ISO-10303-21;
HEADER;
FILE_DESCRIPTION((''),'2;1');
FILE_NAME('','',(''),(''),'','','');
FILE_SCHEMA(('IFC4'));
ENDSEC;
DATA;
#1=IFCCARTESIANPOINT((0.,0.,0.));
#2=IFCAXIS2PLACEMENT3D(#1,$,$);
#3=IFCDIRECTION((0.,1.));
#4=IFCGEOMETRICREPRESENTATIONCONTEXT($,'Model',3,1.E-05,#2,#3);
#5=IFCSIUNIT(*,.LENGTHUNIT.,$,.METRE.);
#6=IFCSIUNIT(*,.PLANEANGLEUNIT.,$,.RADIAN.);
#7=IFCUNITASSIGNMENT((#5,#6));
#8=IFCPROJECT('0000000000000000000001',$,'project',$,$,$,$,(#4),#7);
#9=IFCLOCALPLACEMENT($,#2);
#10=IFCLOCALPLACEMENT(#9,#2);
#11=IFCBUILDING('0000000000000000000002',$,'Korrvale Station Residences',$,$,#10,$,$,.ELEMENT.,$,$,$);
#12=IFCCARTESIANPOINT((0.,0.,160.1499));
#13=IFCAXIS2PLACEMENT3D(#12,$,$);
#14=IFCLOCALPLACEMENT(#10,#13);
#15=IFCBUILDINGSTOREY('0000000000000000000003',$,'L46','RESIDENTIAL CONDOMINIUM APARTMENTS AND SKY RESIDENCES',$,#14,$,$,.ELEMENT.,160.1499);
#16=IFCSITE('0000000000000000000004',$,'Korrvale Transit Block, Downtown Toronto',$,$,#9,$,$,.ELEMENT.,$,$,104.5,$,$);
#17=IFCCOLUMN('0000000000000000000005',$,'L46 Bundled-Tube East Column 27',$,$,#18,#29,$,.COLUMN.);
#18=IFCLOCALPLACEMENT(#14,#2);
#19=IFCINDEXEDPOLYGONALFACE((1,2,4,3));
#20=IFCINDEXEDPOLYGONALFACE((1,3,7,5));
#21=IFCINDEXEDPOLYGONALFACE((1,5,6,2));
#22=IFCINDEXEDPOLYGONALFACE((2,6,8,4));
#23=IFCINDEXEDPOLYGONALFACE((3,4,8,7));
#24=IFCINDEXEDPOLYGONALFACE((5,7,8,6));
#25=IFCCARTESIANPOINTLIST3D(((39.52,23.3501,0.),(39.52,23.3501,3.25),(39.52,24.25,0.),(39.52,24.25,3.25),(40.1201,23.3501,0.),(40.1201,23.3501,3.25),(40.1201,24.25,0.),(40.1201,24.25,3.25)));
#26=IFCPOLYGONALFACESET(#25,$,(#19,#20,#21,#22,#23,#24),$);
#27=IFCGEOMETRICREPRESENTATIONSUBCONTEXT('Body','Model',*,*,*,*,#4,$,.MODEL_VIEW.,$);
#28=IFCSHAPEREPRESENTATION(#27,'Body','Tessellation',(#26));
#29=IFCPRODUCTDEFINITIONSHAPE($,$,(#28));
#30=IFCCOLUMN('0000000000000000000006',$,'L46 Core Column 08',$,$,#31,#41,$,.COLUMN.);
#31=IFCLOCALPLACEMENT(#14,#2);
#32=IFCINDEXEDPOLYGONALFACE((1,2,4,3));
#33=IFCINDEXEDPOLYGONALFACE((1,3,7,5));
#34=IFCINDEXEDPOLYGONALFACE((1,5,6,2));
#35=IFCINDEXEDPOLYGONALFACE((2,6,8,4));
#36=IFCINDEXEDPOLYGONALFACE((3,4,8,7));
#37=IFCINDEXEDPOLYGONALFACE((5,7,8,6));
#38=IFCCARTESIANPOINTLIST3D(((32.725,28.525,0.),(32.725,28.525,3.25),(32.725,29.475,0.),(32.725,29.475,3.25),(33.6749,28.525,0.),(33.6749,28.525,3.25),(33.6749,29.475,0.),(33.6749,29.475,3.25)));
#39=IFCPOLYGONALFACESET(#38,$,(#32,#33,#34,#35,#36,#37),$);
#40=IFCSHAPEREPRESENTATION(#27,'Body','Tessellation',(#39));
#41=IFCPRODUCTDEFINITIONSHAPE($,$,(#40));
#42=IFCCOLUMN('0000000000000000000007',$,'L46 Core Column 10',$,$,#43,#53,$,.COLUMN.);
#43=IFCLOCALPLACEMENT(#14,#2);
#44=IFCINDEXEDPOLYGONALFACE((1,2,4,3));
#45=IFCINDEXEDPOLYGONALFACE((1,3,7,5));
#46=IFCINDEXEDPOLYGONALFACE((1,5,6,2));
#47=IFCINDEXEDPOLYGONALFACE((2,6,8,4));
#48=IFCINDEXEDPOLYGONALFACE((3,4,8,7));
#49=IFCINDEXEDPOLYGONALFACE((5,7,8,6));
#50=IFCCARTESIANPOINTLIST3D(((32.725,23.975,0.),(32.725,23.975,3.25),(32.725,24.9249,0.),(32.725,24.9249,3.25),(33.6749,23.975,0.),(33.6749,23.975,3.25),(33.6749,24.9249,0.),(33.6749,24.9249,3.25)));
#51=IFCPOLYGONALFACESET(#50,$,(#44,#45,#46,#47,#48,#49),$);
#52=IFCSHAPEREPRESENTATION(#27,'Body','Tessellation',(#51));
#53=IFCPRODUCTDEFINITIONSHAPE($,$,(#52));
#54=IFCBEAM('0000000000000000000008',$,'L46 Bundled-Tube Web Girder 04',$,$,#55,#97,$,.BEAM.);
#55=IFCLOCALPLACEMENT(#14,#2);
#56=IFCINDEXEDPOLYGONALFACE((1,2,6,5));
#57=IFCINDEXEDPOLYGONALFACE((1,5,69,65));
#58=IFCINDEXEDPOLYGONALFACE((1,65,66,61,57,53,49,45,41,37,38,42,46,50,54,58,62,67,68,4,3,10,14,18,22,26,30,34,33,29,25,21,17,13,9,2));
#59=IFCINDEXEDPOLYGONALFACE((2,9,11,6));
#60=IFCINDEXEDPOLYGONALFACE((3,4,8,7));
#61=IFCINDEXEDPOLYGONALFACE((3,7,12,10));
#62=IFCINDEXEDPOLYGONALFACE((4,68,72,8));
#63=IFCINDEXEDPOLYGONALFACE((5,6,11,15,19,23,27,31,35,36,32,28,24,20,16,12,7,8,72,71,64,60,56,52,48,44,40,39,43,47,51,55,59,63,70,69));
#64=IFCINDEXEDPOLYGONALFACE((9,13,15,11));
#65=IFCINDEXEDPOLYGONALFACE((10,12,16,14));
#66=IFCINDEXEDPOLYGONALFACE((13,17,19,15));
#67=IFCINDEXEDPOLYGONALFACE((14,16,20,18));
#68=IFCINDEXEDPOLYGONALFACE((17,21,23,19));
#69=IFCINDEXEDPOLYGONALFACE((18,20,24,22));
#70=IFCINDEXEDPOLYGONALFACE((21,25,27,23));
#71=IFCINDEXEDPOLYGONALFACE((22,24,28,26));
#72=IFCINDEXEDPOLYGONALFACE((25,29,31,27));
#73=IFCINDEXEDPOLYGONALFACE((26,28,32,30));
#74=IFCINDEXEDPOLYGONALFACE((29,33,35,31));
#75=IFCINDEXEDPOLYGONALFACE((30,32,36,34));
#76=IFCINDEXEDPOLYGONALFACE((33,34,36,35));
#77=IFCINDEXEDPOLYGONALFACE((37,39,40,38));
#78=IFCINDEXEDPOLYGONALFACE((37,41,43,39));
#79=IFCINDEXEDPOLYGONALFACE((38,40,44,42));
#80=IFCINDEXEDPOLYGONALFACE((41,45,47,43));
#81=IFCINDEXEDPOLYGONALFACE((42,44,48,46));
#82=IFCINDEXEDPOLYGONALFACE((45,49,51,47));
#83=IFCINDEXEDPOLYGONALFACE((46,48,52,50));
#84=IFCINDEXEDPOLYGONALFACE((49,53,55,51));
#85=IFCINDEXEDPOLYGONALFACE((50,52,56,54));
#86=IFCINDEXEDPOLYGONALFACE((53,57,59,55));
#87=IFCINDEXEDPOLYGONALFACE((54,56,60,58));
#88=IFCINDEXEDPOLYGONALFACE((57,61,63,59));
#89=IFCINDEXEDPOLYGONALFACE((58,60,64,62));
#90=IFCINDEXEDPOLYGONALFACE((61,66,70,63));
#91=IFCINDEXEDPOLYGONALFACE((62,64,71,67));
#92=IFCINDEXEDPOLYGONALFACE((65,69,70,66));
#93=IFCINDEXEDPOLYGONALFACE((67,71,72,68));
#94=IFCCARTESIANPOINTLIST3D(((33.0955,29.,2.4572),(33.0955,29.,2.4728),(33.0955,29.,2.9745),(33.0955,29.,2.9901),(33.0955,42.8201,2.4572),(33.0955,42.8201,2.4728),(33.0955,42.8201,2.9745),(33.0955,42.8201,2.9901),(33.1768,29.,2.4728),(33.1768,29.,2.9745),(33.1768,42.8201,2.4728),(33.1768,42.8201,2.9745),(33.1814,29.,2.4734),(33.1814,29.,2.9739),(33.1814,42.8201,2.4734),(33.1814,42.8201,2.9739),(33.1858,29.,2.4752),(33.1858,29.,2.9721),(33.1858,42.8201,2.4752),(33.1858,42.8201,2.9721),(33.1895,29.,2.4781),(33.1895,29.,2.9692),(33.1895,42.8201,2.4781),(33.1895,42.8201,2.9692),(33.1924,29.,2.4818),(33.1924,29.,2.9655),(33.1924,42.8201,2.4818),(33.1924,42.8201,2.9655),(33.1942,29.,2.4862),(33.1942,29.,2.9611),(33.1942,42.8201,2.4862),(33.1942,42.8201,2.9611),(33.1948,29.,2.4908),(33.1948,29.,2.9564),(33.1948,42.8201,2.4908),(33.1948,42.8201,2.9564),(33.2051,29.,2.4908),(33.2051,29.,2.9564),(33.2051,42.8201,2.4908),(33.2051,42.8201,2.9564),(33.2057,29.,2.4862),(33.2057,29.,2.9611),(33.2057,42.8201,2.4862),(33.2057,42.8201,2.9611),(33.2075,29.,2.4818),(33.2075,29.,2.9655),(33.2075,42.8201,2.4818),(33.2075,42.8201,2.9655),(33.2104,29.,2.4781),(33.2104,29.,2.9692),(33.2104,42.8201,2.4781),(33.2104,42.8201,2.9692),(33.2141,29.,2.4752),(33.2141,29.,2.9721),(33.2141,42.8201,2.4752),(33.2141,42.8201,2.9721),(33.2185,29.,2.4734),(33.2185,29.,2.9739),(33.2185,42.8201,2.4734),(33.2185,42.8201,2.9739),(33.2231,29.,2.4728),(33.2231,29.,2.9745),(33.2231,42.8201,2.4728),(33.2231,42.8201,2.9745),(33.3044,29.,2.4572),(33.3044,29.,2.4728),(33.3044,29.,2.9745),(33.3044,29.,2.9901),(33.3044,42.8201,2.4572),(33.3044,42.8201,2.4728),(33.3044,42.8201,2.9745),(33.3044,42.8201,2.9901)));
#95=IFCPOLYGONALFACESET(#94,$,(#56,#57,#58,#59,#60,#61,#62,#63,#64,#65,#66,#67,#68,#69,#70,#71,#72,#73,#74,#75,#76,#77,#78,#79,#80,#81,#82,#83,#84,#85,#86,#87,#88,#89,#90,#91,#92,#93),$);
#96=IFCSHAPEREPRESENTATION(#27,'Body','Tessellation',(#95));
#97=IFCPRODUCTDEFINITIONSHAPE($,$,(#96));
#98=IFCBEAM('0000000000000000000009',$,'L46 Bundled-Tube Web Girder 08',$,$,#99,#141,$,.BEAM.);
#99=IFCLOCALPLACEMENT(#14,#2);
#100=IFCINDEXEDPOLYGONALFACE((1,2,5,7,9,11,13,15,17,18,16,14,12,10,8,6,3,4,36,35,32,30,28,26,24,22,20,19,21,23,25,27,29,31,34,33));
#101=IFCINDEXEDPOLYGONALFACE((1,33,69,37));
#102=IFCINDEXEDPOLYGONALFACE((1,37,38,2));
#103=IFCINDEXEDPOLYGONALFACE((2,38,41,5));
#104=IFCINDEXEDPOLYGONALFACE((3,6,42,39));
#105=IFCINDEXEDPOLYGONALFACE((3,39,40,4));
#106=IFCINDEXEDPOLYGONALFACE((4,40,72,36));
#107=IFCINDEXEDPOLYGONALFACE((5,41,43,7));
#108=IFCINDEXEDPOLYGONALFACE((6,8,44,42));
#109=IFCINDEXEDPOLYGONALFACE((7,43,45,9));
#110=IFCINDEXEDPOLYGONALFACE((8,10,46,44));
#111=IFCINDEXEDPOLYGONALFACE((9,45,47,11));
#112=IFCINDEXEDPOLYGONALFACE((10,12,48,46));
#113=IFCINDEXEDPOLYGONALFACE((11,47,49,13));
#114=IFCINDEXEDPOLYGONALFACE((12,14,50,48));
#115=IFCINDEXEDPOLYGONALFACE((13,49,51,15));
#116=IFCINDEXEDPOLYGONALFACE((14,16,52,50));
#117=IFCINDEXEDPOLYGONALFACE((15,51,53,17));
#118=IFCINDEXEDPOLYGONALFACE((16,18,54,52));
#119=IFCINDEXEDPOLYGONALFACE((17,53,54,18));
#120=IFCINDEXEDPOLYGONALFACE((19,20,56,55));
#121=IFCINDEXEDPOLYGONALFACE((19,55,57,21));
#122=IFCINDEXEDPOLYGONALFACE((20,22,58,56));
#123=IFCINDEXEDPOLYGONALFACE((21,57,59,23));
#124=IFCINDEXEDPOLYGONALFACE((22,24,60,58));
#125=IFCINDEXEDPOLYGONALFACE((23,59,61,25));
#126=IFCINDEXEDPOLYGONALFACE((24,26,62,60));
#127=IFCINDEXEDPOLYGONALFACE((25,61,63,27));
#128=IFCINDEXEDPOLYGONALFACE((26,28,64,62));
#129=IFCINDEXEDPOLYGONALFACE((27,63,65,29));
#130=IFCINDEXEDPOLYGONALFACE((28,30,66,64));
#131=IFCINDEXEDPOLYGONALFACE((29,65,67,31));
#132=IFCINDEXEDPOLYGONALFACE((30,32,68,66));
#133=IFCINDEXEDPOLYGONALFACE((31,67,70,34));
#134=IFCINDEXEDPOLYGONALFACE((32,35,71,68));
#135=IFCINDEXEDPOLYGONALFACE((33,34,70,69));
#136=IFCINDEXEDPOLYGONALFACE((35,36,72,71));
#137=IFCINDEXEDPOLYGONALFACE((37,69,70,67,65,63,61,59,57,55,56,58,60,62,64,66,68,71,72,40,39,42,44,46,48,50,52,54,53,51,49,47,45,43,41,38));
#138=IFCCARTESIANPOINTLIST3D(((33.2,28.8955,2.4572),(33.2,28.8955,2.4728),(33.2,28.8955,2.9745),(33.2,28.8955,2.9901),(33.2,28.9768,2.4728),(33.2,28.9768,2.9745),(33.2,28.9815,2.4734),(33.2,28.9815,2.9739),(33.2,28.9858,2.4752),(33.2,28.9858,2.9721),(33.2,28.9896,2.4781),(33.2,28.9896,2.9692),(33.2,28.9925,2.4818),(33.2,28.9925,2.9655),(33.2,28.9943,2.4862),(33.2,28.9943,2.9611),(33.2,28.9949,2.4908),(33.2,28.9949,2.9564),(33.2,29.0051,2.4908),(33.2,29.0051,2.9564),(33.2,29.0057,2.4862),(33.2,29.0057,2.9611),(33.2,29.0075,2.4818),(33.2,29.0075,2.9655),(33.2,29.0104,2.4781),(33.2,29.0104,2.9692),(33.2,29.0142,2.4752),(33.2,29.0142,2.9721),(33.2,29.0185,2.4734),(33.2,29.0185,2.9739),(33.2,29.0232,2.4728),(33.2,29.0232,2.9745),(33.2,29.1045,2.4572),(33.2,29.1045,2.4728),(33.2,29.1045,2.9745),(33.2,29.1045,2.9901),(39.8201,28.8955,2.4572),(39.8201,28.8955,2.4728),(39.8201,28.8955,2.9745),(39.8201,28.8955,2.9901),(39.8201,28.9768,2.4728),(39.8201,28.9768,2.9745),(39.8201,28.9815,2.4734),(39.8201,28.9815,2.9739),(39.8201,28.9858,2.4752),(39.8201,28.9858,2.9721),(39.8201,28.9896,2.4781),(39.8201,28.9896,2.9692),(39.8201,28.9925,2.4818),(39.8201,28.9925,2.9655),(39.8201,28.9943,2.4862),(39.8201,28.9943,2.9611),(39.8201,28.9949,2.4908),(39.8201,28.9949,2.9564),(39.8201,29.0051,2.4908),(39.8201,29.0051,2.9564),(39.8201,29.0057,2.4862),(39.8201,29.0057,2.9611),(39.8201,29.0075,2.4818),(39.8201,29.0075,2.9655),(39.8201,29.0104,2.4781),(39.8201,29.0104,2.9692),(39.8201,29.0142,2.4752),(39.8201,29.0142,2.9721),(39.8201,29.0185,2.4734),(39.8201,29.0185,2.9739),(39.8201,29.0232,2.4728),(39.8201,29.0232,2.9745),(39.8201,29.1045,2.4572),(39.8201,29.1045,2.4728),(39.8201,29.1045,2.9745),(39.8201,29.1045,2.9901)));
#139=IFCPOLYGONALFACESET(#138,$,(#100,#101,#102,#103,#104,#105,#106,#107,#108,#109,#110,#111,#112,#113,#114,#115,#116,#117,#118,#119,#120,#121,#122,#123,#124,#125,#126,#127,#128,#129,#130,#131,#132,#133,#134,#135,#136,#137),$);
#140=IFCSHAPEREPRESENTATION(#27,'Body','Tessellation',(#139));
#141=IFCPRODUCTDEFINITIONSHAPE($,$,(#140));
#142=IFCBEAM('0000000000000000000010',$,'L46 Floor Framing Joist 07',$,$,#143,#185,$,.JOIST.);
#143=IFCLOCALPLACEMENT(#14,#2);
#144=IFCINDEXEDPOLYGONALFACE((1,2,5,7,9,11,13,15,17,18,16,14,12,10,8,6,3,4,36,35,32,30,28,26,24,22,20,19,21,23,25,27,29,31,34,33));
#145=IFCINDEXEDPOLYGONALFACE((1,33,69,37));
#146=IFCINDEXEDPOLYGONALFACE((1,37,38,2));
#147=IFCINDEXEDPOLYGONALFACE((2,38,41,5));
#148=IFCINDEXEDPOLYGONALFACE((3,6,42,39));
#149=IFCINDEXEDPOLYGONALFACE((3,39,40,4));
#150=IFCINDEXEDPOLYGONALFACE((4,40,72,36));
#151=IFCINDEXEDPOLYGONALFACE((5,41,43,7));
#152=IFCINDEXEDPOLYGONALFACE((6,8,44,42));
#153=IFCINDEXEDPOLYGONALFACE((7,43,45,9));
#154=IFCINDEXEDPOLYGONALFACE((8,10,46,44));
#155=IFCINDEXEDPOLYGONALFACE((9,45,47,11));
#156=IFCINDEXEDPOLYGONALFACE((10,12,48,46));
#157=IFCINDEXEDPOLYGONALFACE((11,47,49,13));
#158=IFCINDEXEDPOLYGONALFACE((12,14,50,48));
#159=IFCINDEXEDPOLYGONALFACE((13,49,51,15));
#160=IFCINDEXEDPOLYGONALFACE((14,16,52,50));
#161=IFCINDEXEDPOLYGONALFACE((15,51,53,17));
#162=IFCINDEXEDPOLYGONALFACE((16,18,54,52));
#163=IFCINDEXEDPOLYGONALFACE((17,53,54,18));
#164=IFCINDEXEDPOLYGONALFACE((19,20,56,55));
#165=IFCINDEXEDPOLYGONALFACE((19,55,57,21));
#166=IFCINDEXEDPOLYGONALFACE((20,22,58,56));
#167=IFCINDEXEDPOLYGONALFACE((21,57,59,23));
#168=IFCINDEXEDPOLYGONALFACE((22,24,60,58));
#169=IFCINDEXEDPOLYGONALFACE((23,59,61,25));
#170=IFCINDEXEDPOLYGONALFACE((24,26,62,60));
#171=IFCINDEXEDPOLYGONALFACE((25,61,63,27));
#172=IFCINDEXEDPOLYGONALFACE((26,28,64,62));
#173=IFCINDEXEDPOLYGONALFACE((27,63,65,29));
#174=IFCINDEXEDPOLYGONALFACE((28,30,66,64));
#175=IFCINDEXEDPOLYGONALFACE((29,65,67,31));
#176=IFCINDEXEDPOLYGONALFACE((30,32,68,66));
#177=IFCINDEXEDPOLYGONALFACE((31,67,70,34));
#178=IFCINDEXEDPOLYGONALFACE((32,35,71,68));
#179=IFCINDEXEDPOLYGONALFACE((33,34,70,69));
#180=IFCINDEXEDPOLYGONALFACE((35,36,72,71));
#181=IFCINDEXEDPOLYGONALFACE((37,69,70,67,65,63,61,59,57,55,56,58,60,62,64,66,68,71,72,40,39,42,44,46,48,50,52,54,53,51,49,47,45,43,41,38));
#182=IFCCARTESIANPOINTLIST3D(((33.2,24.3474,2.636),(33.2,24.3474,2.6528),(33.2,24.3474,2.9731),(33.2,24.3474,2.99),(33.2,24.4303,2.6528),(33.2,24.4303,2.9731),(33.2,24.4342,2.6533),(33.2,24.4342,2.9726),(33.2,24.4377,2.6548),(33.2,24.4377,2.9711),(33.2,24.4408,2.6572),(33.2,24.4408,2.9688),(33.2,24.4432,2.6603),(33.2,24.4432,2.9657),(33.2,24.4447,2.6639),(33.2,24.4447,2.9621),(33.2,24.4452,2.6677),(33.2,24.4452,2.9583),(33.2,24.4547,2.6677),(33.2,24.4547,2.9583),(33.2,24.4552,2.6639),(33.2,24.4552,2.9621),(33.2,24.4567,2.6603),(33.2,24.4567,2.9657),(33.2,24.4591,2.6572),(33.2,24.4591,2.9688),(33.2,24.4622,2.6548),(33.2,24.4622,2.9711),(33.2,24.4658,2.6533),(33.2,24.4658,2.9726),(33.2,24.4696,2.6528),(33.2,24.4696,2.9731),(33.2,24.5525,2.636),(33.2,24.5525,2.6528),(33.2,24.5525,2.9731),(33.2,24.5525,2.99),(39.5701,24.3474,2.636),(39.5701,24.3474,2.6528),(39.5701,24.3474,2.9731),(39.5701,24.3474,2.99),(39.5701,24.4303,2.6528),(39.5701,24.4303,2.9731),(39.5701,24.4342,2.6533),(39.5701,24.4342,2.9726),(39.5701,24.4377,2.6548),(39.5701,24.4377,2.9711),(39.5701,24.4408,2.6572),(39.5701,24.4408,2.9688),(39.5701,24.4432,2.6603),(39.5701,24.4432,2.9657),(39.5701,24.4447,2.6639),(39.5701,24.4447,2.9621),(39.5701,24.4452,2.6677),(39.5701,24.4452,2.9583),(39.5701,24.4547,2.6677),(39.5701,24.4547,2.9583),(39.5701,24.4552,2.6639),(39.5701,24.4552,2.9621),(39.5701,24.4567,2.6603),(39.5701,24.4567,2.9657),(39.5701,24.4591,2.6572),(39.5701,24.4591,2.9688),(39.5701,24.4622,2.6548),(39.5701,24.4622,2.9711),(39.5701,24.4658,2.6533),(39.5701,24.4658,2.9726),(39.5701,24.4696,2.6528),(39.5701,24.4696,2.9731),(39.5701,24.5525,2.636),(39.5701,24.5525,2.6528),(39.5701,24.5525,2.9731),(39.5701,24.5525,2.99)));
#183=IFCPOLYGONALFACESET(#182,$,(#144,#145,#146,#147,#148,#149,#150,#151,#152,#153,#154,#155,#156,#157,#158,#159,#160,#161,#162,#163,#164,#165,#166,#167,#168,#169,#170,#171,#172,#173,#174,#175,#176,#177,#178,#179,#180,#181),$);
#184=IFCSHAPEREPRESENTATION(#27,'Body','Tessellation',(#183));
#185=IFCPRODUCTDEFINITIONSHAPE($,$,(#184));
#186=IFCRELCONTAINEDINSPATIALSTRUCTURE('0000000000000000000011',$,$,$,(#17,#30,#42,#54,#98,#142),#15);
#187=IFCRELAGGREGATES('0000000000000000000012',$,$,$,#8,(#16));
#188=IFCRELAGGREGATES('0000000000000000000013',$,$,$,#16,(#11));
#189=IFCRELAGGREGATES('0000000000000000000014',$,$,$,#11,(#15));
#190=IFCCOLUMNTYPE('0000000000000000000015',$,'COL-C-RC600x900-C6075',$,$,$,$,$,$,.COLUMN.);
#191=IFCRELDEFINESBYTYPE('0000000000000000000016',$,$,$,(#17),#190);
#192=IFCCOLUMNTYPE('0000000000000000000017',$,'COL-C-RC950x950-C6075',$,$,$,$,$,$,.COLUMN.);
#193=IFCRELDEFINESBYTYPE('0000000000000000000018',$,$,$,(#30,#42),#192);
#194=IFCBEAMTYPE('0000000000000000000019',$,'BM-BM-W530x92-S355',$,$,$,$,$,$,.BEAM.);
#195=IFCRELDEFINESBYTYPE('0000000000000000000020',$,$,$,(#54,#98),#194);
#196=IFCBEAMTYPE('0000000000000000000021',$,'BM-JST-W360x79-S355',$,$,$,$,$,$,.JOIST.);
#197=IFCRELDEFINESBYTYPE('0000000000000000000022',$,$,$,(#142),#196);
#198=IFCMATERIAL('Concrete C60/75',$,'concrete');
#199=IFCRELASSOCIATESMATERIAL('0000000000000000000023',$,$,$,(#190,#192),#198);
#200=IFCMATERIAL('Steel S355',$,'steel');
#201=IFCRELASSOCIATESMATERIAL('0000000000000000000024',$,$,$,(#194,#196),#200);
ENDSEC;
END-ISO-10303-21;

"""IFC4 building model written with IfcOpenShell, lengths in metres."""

from ifc_helpers import new_model, si_unit, direction, frame, origin, origin_2d, place, context, subcontext, project, spatial, rectangle, i_section, extrude, material, material_profile, profile_set, type_object, element, save


model = new_model("IFC4")

# Units and contexts
model_context = context("Model", 3, precision=1e-05, world=origin(), true_north=direction((0.0, 1.0)))
body_context = subcontext(model_context, "Body", "Model", "MODEL_VIEW")
ifc_project = project(units=[si_unit("LENGTHUNIT", "METRE"), si_unit("PLANEANGLEUNIT", "RADIAN")], contexts=[model_context])

# Site, building, storey
site_placement = place(None, origin())
site = spatial("IfcSite", under=ifc_project, at=site_placement, Name="Korrvale Transit Block, Downtown Toronto", CompositionType="ELEMENT", RefElevation=104.5)
building_placement = place(site_placement, origin())
building = spatial("IfcBuilding", under=site, at=building_placement, Name="Korrvale Station Residences", CompositionType="ELEMENT")
storey_placement = place(building_placement, frame((0.0, 0.0, 160.1499)))
storey = spatial("IfcBuildingStorey", under=building, at=storey_placement, Name="L46", Description="RESIDENTIAL CONDOMINIUM APARTMENTS AND SKY RESIDENCES", CompositionType="ELEMENT", Elevation=160.1499)

# Columns
ifc_material_1 = material(Name="Concrete C60/75", Category="concrete")
ifc_material_profile_1 = material_profile(ifc_material_1, rectangle(XDim=0.6001, YDim=0.8999, at=origin_2d()), Name="RC600x900")
ifc_profile_set_1 = profile_set([ifc_material_profile_1], Name="Concrete C60/75")
column_type_1 = type_object("IfcColumnType", Name="COL-C-RC600x900-C6075", PredefinedType="COLUMN", material=ifc_profile_set_1)
column_placement = place(storey_placement, frame((39.8201, 23.8, 0.0), z_axis=(0.0, 0.0, 1.0), x_axis=(1.0, 0.0, 0.0)))
element("IfcColumn", 1, at=column_placement, inside=storey, type_object=column_type_1, Name="L46 Bundled-Tube East Column 27", PredefinedType="COLUMN", context=body_context, shape_type="SweptSolid", body=[
    extrude(rectangle(XDim=0.6001, YDim=0.8999, at=origin_2d()), origin(), (0.0, 0.0, 1.0), 3.25),
])
ifc_material_profile_2 = material_profile(ifc_material_1, rectangle(XDim=0.95, YDim=0.95, at=origin_2d()), Name="RC950x950")
ifc_profile_set_2 = profile_set([ifc_material_profile_2], Name="Concrete C60/75")
column_type_2 = type_object("IfcColumnType", Name="COL-C-RC950x950-C6075", PredefinedType="COLUMN", material=ifc_profile_set_2)
for number, where, z_axis, x_axis, name in (
    (2, (33.2, 29.0, 0.0), (0.0, 0.0, 1.0), (1.0, 0.0, 0.0), "L46 Core Column 08"),
    (3, (33.2, 24.45, 0.0), (0.0, 0.0, 1.0), (1.0, 0.0, 0.0), "L46 Core Column 10"),
):
    element("IfcColumn", number, at=place(storey_placement, frame(where, z_axis=z_axis, x_axis=x_axis)), inside=storey, type_object=column_type_2, Name=name, PredefinedType="COLUMN", context=body_context, shape_type="SweptSolid", body=[
        extrude(rectangle(XDim=0.95, YDim=0.95, at=origin_2d()), origin(), (0.0, 0.0, 1.0), 3.25),
    ])

# Beams
ifc_material_2 = material(Name="Steel S355", Category="steel")
ifc_material_profile_3 = material_profile(ifc_material_2, i_section(OverallWidth=0.209, OverallDepth=0.533, WebThickness=0.0103, FlangeThickness=0.0156, FilletRadius=0.0181, at=origin_2d()), Name="W530x92")
ifc_profile_set_3 = profile_set([ifc_material_profile_3], Name="Steel S355")
beam_type_1 = type_object("IfcBeamType", Name="BM-BM-W530x92-S355", PredefinedType="BEAM", material=ifc_profile_set_3)
beam_1_placement = place(storey_placement, frame((33.2, 29.0, 2.7236), z_axis=(0.0, 1.0, 0.0), x_axis=(-1.0, 0.0, 0.0)))
element("IfcBeam", 4, at=beam_1_placement, inside=storey, type_object=beam_type_1, Name="L46 Bundled-Tube Web Girder 04", PredefinedType="BEAM", context=body_context, shape_type="SweptSolid", body=[
    extrude(i_section(OverallWidth=0.209, OverallDepth=0.533, WebThickness=0.0103, FlangeThickness=0.0156, FilletRadius=0.0181, at=origin_2d()), origin(), (0.0, 0.0, 1.0), 13.8201),
])
beam_2_placement = place(storey_placement, frame((33.2, 29.0, 2.7236), z_axis=(1.0, 0.0, 0.0), x_axis=(0.0, 1.0, 0.0)))
element("IfcBeam", 5, at=beam_2_placement, inside=storey, type_object=beam_type_1, Name="L46 Bundled-Tube Web Girder 08", PredefinedType="BEAM", context=body_context, shape_type="SweptSolid", body=[
    extrude(i_section(OverallWidth=0.209, OverallDepth=0.533, WebThickness=0.0103, FlangeThickness=0.0156, FilletRadius=0.0181, at=origin_2d()), origin(), (0.0, 0.0, 1.0), 6.6201),
])
ifc_material_profile_4 = material_profile(ifc_material_2, i_section(OverallWidth=0.2051, OverallDepth=0.354, WebThickness=0.0095, FlangeThickness=0.0168, FilletRadius=0.0149, at=origin_2d()), Name="W360x79")
ifc_profile_set_4 = profile_set([ifc_material_profile_4], Name="Steel S355")
beam_type_2 = type_object("IfcBeamType", Name="BM-JST-W360x79-S355", PredefinedType="JOIST", material=ifc_profile_set_4)
beam_3_placement = place(storey_placement, frame((33.2, 24.45, 2.813), z_axis=(1.0, 0.0, 0.0), x_axis=(0.0, 1.0, 0.0)))
element("IfcBeam", 6, at=beam_3_placement, inside=storey, type_object=beam_type_2, Name="L46 Floor Framing Joist 07", PredefinedType="JOIST", context=body_context, shape_type="SweptSolid", body=[
    extrude(i_section(OverallWidth=0.2051, OverallDepth=0.354, WebThickness=0.0095, FlangeThickness=0.0168, FilletRadius=0.0149, at=origin_2d()), origin(), (0.0, 0.0, 1.0), 6.3701),
])

save(model, "model.ifc")
